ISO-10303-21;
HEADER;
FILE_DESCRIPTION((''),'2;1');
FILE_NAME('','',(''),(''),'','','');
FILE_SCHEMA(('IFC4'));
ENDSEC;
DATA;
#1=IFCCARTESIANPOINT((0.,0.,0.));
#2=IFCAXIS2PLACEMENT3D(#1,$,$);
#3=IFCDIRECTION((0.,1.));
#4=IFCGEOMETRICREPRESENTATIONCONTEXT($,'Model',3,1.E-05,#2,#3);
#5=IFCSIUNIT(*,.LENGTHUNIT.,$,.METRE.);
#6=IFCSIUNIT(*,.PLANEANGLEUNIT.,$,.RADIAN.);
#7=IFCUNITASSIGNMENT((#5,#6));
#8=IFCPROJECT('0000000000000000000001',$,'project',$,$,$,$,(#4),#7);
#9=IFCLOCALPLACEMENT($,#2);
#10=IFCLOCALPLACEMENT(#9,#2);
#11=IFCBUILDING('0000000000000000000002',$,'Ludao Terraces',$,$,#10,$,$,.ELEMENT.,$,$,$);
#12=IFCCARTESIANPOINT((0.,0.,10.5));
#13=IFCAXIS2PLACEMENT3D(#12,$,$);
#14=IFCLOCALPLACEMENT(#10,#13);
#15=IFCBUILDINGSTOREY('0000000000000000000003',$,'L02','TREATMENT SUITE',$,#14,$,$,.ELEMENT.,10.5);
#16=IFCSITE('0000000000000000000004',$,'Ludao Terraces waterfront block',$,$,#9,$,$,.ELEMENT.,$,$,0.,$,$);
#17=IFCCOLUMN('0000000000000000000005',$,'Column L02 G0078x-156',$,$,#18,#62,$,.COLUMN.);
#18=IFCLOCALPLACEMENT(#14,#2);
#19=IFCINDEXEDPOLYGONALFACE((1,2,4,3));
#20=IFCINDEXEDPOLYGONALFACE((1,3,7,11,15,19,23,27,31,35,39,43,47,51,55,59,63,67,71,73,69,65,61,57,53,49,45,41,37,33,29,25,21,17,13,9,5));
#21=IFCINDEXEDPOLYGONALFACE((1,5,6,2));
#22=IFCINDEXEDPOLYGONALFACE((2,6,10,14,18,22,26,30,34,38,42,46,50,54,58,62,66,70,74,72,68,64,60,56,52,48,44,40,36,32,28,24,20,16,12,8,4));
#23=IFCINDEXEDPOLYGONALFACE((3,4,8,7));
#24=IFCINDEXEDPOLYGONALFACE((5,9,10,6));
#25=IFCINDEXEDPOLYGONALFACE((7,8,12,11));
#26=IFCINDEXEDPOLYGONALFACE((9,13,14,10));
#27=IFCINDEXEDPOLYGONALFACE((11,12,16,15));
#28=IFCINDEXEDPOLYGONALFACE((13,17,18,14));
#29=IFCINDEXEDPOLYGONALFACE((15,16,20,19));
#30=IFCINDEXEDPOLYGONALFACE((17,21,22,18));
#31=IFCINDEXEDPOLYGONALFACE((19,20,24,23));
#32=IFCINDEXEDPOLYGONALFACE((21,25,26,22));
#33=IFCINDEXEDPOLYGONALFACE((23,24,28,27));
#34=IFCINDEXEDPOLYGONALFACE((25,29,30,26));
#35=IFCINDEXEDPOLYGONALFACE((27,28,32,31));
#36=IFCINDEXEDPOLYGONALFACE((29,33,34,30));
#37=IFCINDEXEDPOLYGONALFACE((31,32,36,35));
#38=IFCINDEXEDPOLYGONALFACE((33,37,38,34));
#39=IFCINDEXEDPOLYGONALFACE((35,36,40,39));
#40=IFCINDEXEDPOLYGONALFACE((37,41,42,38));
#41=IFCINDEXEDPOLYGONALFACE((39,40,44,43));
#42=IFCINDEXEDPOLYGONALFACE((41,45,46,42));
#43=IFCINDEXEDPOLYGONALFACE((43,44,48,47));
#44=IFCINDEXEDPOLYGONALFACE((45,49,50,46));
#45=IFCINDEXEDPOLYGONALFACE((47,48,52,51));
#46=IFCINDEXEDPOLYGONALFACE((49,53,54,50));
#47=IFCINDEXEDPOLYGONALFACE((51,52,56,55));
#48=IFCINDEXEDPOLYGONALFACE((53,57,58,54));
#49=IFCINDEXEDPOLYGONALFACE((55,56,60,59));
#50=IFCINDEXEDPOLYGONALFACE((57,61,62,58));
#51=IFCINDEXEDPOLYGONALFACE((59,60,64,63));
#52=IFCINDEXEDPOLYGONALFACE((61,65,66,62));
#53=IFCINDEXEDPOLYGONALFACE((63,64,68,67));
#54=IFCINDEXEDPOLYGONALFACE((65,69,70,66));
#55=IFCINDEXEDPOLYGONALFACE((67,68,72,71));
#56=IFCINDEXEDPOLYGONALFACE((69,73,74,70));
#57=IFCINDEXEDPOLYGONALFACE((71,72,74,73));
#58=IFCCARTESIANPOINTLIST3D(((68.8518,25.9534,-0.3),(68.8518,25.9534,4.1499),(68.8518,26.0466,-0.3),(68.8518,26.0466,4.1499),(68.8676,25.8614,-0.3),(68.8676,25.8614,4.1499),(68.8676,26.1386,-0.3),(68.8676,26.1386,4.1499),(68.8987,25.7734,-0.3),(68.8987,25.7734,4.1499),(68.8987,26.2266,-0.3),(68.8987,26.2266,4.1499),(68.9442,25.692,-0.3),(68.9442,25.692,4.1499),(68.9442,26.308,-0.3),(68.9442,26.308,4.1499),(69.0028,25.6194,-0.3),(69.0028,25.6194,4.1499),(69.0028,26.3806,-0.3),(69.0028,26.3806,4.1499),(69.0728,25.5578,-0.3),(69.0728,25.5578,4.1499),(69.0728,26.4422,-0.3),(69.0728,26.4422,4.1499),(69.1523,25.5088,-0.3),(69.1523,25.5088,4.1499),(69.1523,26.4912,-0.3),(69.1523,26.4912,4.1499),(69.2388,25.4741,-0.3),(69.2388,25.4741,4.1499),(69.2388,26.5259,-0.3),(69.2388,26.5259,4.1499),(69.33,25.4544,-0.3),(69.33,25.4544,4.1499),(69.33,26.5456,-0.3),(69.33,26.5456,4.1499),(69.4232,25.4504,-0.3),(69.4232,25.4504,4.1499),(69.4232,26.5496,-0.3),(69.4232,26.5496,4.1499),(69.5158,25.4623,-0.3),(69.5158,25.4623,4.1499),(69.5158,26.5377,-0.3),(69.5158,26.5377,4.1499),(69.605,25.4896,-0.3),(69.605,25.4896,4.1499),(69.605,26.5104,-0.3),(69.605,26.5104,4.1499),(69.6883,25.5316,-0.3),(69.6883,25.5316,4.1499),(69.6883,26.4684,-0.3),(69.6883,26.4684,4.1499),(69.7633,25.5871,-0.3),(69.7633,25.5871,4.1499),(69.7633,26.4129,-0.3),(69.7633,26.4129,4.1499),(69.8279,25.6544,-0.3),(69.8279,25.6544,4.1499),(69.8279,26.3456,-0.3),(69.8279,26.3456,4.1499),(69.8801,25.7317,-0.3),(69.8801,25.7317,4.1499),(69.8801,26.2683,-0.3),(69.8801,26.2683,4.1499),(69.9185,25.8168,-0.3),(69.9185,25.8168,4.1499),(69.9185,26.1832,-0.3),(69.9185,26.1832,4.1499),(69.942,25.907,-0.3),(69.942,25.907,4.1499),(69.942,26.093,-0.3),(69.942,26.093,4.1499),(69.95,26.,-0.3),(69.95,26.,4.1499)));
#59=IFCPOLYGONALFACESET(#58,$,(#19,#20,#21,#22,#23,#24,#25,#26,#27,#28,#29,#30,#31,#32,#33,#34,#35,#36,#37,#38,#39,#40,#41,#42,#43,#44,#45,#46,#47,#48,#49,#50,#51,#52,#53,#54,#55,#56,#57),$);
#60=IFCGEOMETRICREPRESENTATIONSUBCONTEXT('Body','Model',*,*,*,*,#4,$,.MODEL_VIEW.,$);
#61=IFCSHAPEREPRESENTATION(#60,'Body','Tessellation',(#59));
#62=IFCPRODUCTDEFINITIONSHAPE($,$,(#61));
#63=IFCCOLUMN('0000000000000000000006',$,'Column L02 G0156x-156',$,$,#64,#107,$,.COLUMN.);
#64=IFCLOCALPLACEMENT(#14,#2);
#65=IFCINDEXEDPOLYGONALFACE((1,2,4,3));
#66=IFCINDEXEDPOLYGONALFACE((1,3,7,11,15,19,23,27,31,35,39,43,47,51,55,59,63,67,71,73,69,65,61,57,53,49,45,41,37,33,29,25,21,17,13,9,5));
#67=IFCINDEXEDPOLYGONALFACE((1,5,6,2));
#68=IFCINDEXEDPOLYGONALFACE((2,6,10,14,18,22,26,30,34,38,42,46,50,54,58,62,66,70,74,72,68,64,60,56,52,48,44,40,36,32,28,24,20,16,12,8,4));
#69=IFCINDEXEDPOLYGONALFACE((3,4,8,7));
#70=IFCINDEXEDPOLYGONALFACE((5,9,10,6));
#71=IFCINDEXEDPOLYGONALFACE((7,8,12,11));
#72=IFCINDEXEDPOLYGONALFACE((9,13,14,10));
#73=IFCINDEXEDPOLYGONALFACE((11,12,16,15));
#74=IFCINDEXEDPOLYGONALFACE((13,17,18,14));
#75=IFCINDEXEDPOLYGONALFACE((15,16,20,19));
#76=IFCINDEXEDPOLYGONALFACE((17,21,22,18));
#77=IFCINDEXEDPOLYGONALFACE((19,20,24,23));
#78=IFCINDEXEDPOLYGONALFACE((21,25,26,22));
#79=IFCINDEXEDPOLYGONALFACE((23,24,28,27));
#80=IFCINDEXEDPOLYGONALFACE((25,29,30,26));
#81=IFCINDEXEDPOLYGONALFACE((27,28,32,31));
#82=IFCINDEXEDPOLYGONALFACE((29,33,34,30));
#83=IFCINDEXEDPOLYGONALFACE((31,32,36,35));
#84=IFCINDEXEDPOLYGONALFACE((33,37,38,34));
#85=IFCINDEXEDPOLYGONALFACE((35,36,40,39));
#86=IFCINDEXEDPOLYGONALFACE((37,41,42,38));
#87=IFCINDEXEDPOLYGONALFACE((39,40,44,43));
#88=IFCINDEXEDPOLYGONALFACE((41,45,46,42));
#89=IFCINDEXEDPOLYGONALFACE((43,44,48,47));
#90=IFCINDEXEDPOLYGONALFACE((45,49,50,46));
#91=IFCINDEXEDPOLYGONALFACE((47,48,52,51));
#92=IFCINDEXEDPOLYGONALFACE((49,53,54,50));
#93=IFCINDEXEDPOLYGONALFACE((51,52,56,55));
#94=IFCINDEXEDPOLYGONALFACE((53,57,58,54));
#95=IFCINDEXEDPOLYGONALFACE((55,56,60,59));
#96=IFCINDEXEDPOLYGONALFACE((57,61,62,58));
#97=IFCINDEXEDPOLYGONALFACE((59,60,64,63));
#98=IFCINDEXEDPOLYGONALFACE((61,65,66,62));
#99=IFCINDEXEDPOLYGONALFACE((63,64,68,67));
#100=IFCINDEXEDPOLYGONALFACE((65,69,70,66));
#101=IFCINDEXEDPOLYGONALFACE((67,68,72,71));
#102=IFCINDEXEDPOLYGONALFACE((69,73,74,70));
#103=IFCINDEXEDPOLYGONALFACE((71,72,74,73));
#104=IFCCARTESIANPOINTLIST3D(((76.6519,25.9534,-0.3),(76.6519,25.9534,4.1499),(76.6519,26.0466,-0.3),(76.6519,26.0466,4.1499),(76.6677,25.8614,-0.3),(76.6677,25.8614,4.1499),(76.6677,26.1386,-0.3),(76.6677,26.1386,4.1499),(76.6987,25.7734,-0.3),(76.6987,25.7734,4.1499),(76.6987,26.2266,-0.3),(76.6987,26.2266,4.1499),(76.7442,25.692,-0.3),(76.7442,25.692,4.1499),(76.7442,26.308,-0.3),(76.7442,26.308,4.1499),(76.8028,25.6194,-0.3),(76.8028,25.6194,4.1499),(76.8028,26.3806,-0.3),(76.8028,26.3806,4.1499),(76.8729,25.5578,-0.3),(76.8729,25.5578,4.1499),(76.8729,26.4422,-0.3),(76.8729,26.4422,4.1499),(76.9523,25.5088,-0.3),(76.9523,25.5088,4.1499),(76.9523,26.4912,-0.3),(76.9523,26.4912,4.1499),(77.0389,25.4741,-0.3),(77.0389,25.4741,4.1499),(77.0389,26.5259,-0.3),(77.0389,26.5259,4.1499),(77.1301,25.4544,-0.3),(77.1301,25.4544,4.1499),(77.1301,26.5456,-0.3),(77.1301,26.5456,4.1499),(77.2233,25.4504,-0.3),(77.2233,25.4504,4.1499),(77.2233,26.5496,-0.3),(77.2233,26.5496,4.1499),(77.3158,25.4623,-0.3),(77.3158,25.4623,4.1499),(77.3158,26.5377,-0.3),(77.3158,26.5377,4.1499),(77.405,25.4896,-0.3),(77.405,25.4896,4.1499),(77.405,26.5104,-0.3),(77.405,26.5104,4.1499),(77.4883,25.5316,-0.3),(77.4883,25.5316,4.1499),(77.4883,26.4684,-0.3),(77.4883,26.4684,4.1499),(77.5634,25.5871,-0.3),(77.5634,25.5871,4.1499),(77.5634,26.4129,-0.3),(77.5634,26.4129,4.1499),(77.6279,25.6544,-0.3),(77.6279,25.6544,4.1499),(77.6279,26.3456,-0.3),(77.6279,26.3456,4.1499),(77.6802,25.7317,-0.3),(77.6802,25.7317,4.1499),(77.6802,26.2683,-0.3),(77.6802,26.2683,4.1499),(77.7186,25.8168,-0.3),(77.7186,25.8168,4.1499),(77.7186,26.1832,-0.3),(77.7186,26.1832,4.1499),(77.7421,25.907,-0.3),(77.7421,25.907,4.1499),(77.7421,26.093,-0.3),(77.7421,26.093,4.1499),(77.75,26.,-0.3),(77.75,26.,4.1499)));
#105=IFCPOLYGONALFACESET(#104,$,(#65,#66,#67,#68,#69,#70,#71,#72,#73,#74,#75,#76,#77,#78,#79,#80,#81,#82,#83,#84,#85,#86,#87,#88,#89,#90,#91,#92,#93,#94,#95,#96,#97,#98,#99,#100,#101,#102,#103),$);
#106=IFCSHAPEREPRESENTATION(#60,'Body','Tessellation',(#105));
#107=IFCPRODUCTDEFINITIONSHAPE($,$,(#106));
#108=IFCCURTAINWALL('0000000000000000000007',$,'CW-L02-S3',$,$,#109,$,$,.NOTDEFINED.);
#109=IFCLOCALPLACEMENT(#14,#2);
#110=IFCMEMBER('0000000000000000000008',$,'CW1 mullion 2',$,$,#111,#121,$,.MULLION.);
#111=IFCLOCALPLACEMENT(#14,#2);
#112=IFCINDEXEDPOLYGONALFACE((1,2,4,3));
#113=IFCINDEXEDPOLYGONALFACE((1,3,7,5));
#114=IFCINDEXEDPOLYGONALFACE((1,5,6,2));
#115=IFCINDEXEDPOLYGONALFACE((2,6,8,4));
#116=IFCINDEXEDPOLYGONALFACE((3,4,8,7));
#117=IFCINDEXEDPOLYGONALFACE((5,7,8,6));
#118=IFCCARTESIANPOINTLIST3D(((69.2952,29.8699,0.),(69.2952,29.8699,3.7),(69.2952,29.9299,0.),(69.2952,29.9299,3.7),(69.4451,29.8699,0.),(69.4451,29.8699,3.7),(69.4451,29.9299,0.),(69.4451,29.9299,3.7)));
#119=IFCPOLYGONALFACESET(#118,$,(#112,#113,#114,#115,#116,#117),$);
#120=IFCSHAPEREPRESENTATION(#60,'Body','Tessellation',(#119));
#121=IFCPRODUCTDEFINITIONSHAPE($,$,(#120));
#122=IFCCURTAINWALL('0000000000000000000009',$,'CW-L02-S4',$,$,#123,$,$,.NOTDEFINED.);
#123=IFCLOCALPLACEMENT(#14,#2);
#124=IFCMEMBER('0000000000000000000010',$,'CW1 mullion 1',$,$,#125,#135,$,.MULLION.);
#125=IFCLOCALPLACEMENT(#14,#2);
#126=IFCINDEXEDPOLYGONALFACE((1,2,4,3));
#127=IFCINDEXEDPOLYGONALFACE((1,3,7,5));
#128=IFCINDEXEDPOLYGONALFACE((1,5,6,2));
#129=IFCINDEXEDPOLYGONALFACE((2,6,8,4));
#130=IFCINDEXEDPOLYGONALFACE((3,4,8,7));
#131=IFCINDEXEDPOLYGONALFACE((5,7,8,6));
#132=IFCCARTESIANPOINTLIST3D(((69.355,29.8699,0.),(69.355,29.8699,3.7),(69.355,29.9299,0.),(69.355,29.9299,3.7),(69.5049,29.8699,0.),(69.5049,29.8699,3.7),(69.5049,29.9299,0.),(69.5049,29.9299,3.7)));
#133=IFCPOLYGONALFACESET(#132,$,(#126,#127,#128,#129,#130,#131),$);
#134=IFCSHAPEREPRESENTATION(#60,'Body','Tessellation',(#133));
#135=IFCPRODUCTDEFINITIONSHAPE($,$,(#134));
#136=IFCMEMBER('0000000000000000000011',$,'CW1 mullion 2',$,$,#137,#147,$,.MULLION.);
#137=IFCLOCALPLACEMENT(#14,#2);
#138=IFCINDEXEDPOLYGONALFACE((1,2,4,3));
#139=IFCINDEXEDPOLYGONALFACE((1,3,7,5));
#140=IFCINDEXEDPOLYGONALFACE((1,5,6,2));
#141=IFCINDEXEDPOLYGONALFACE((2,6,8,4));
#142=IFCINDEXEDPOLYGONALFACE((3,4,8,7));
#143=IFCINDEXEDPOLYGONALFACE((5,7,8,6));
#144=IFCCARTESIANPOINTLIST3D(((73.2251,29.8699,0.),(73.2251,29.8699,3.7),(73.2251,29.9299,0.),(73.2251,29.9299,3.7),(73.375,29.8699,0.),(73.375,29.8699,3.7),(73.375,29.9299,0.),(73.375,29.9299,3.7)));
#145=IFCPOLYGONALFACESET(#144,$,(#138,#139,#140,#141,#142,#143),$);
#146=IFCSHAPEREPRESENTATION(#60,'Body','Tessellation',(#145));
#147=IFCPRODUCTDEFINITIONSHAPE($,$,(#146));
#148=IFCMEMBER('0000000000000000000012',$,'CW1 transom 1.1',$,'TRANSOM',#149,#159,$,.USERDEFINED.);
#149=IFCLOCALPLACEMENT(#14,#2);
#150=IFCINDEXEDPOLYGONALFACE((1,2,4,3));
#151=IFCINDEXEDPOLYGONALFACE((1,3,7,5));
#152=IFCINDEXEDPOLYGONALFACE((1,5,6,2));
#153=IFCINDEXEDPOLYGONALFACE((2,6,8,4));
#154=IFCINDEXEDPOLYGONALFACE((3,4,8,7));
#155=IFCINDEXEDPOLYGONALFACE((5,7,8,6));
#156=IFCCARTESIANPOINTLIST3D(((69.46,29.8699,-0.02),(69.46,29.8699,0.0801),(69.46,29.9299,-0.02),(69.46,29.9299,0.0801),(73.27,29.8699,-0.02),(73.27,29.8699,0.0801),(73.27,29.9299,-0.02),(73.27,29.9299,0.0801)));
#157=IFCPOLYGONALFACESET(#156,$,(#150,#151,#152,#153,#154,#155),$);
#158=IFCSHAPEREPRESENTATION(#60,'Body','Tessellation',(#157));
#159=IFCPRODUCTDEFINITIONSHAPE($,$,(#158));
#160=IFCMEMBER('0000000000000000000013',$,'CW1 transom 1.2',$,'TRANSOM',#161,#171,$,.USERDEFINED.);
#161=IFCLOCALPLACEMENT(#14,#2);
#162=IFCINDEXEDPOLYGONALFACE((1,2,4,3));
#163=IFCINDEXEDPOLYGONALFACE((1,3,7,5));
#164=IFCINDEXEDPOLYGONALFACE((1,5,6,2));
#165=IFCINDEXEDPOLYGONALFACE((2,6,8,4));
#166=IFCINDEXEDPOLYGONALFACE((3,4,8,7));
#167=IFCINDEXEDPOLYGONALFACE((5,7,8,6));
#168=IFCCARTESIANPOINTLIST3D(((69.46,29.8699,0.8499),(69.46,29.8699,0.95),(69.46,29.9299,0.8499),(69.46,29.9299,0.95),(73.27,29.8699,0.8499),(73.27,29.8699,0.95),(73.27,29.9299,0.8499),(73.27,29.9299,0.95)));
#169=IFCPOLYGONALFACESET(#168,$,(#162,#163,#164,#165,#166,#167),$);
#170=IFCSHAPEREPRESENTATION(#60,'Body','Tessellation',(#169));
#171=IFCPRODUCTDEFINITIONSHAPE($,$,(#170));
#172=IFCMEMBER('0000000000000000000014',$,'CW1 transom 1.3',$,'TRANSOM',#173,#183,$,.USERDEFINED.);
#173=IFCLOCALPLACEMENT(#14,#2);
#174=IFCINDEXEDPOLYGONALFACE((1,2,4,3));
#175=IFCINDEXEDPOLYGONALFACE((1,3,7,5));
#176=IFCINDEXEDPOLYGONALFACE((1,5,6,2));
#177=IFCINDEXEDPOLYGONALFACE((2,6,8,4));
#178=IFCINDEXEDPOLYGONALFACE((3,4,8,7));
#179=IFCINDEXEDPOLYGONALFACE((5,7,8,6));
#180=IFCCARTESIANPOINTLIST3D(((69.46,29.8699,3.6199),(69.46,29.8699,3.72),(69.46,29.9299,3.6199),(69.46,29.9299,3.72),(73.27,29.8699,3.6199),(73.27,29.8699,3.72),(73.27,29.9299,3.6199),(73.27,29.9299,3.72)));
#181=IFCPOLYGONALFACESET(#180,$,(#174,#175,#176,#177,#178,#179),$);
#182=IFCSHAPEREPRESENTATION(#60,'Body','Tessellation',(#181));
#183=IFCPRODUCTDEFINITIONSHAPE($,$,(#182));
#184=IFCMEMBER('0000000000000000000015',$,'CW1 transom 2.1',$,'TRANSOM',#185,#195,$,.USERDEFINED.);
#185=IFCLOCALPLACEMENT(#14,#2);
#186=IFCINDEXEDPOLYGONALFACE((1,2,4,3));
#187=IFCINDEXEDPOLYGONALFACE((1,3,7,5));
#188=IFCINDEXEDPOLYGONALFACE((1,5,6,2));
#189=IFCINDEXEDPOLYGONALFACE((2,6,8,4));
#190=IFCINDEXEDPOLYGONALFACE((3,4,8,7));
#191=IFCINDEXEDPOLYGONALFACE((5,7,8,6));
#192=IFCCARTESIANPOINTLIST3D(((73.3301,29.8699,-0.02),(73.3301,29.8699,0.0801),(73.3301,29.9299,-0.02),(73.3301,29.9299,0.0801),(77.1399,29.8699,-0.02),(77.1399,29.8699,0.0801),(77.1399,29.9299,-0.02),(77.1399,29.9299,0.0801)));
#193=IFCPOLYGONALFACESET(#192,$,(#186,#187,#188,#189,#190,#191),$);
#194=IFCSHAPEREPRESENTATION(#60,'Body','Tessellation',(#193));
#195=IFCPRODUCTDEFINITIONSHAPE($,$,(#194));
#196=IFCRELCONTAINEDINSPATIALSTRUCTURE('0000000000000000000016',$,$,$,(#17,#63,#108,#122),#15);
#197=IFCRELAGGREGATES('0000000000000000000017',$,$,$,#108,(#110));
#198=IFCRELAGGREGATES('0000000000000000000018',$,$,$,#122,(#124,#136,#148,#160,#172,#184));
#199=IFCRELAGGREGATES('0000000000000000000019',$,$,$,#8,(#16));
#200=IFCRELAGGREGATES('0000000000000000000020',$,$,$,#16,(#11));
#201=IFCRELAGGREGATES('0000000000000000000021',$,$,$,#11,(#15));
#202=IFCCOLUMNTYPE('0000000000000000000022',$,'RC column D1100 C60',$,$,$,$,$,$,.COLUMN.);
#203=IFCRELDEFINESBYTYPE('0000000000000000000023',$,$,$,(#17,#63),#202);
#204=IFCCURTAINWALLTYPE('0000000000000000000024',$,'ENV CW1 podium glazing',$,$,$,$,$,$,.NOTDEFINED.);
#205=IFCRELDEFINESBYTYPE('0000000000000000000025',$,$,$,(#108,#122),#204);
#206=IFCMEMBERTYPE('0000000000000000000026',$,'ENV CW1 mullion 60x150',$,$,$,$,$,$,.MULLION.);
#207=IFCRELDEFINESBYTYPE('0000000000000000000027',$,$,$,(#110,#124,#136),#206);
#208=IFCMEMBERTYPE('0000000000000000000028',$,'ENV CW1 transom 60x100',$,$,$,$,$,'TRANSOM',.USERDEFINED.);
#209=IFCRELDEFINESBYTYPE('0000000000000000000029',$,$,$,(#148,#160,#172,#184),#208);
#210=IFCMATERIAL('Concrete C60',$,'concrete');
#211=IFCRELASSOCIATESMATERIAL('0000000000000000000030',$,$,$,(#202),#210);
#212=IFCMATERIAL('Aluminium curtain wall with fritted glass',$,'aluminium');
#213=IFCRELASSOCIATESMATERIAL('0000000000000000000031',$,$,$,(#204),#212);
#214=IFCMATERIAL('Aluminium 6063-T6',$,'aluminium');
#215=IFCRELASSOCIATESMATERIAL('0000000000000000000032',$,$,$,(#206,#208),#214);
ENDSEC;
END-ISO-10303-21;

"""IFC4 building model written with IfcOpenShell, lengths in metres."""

from ifc_helpers import new_model, si_unit, direction, frame, origin, origin_2d, place, context, subcontext, project, spatial, rectangle, circle, extrude, material, material_profile, profile_set, type_object, element, aggregate, save


model = new_model("IFC4")

# Units and contexts
model_context = context("Model", 3, precision=1e-05, world=origin(), true_north=direction((0.0, 1.0)))
body_context = subcontext(model_context, "Body", "Model", "MODEL_VIEW")
ifc_project = project(units=[si_unit("LENGTHUNIT", "METRE"), si_unit("PLANEANGLEUNIT", "RADIAN")], contexts=[model_context])

# Site, building, storey
site_placement = place(None, origin())
site = spatial("IfcSite", under=ifc_project, at=site_placement, Name="Ludao Terraces waterfront block", CompositionType="ELEMENT", RefElevation=0.0)
building_placement = place(site_placement, origin())
building = spatial("IfcBuilding", under=site, at=building_placement, Name="Ludao Terraces", CompositionType="ELEMENT")
storey_placement = place(building_placement, frame((0.0, 0.0, 10.5)))
storey = spatial("IfcBuildingStorey", under=building, at=storey_placement, Name="L02", Description="TREATMENT SUITE", CompositionType="ELEMENT", Elevation=10.5)

# Columns
ifc_material_1 = material(Name="Concrete C60", Category="concrete")
ifc_material_profile_1 = material_profile(ifc_material_1, circle(Radius=0.55, at=origin_2d()), Name="D1100")
ifc_profile_set_1 = profile_set([ifc_material_profile_1], Name="Concrete C60")
column_type = type_object("IfcColumnType", Name="RC column D1100 C60", PredefinedType="COLUMN", material=ifc_profile_set_1)
for number, where, z_axis, x_axis, name in (
    (1, (69.3999, 26.0, -0.3), (0.0, 0.0, 1.0), (1.0, 0.0, 0.0), "Column L02 G0078x-156"),
    (2, (77.2, 26.0, -0.3), (0.0, 0.0, 1.0), (1.0, 0.0, 0.0), "Column L02 G0156x-156"),
):
    element("IfcColumn", number, at=place(storey_placement, frame(where, z_axis=z_axis, x_axis=x_axis)), inside=storey, type_object=column_type, Name=name, PredefinedType="COLUMN", context=body_context, shape_type="SweptSolid", body=[
        extrude(circle(Radius=0.55, at=origin_2d()), origin(), (0.0, 0.0, 1.0), 4.45),
    ])

# Curtain wall, member
ifc_material_2 = material(Name="Aluminium curtain wall with fritted glass", Category="aluminium")
curtain_wall_type = type_object("IfcCurtainWallType", Name="ENV CW1 podium glazing", PredefinedType="NOTDEFINED", material=ifc_material_2)
curtain_wall_1_placement = place(storey_placement, origin())
curtain_wall_1 = element("IfcCurtainWall", 3, at=curtain_wall_1_placement, inside=storey, type_object=curtain_wall_type, Name="CW-L02-S3", PredefinedType="NOTDEFINED")
ifc_material_3 = material(Name="Aluminium 6063-T6", Category="aluminium")
ifc_material_profile_2 = material_profile(ifc_material_3, rectangle(XDim=0.0601, YDim=0.1499, at=origin_2d()), Name="60 X 150")
ifc_profile_set_2 = profile_set([ifc_material_profile_2], Name="Aluminium 6063-T6")
member_type_1 = type_object("IfcMemberType", Name="ENV CW1 mullion 60x150", PredefinedType="MULLION", material=ifc_profile_set_2)
member_1_placement = place(storey_placement, frame((69.3701, 29.8999, 0.0), z_axis=(0.0, 0.0, 1.0), x_axis=(0.0, 1.0, 0.0)))
member_1 = element("IfcMember", 4, at=member_1_placement, type_object=member_type_1, Name="CW1 mullion 2", PredefinedType="MULLION", context=body_context, shape_type="SweptSolid", body=[
    extrude(rectangle(XDim=0.0601, YDim=0.1499, at=origin_2d()), origin(), (0.0, 0.0, 1.0), 3.7),
])

# Curtain wall, members
curtain_wall_2_placement = place(storey_placement, origin())
curtain_wall_2 = element("IfcCurtainWall", 5, at=curtain_wall_2_placement, inside=storey, type_object=curtain_wall_type, Name="CW-L02-S4", PredefinedType="NOTDEFINED")
member_2_placement = place(storey_placement, frame((69.4299, 29.8999, 0.0), z_axis=(0.0, 0.0, 1.0), x_axis=(0.0, 1.0, 0.0)))
member_2 = element("IfcMember", 6, at=member_2_placement, type_object=member_type_1, Name="CW1 mullion 1", PredefinedType="MULLION", context=body_context, shape_type="SweptSolid", body=[
    extrude(rectangle(XDim=0.0601, YDim=0.1499, at=origin_2d()), origin(), (0.0, 0.0, 1.0), 3.7),
])
member_3_placement = place(storey_placement, frame((73.3, 29.8999, 0.0), z_axis=(0.0, 0.0, 1.0), x_axis=(0.0, 1.0, 0.0)))
member_3 = element("IfcMember", 7, at=member_3_placement, type_object=member_type_1, Name="CW1 mullion 2", PredefinedType="MULLION", context=body_context, shape_type="SweptSolid", body=[
    extrude(rectangle(XDim=0.0601, YDim=0.1499, at=origin_2d()), origin(), (0.0, 0.0, 1.0), 3.7),
])
ifc_material_profile_3 = material_profile(ifc_material_3, rectangle(XDim=0.0601, YDim=0.1001, at=origin_2d()), Name="60 X 100")
ifc_profile_set_3 = profile_set([ifc_material_profile_3], Name="Aluminium 6063-T6")
member_type_2 = type_object("IfcMemberType", Name="ENV CW1 transom 60x100", ElementType="TRANSOM", PredefinedType="USERDEFINED", material=ifc_profile_set_3)
member_4_placement = place(storey_placement, frame((69.46, 29.8999, 0.03), z_axis=(1.0, 0.0, 0.0), x_axis=(0.0, 1.0, 0.0)))
member_4 = element("IfcMember", 8, at=member_4_placement, type_object=member_type_2, Name="CW1 transom 1.1", ObjectType="TRANSOM", PredefinedType="USERDEFINED", context=body_context, shape_type="SweptSolid", body=[
    extrude(rectangle(XDim=0.0601, YDim=0.1001, at=origin_2d()), origin(), (0.0, 0.0, 1.0), 3.8101),
])
member_5_placement = place(storey_placement, frame((69.46, 29.8999, 0.8999), z_axis=(1.0, 0.0, 0.0), x_axis=(0.0, 1.0, 0.0)))
member_5 = element("IfcMember", 9, at=member_5_placement, type_object=member_type_2, Name="CW1 transom 1.2", ObjectType="TRANSOM", PredefinedType="USERDEFINED", context=body_context, shape_type="SweptSolid", body=[
    extrude(rectangle(XDim=0.0601, YDim=0.1001, at=origin_2d()), origin(), (0.0, 0.0, 1.0), 3.8101),
])
member_6_placement = place(storey_placement, frame((69.46, 29.8999, 3.6699), z_axis=(1.0, 0.0, 0.0), x_axis=(0.0, 1.0, 0.0)))
member_6 = element("IfcMember", 10, at=member_6_placement, type_object=member_type_2, Name="CW1 transom 1.3", ObjectType="TRANSOM", PredefinedType="USERDEFINED", context=body_context, shape_type="SweptSolid", body=[
    extrude(rectangle(XDim=0.0601, YDim=0.1001, at=origin_2d()), origin(), (0.0, 0.0, 1.0), 3.8101),
])
member_7_placement = place(storey_placement, frame((73.3301, 29.8999, 0.03), z_axis=(1.0, 0.0, 0.0), x_axis=(0.0, 1.0, 0.0)))
member_7 = element("IfcMember", 11, at=member_7_placement, type_object=member_type_2, Name="CW1 transom 2.1", ObjectType="TRANSOM", PredefinedType="USERDEFINED", context=body_context, shape_type="SweptSolid", body=[
    extrude(rectangle(XDim=0.0601, YDim=0.1001, at=origin_2d()), origin(), (0.0, 0.0, 1.0), 3.8098),
])

aggregate(curtain_wall_1, [member_1])
aggregate(curtain_wall_2, [member_2, member_3, member_4, member_5, member_6, member_7])

save(model, "model.ifc")
